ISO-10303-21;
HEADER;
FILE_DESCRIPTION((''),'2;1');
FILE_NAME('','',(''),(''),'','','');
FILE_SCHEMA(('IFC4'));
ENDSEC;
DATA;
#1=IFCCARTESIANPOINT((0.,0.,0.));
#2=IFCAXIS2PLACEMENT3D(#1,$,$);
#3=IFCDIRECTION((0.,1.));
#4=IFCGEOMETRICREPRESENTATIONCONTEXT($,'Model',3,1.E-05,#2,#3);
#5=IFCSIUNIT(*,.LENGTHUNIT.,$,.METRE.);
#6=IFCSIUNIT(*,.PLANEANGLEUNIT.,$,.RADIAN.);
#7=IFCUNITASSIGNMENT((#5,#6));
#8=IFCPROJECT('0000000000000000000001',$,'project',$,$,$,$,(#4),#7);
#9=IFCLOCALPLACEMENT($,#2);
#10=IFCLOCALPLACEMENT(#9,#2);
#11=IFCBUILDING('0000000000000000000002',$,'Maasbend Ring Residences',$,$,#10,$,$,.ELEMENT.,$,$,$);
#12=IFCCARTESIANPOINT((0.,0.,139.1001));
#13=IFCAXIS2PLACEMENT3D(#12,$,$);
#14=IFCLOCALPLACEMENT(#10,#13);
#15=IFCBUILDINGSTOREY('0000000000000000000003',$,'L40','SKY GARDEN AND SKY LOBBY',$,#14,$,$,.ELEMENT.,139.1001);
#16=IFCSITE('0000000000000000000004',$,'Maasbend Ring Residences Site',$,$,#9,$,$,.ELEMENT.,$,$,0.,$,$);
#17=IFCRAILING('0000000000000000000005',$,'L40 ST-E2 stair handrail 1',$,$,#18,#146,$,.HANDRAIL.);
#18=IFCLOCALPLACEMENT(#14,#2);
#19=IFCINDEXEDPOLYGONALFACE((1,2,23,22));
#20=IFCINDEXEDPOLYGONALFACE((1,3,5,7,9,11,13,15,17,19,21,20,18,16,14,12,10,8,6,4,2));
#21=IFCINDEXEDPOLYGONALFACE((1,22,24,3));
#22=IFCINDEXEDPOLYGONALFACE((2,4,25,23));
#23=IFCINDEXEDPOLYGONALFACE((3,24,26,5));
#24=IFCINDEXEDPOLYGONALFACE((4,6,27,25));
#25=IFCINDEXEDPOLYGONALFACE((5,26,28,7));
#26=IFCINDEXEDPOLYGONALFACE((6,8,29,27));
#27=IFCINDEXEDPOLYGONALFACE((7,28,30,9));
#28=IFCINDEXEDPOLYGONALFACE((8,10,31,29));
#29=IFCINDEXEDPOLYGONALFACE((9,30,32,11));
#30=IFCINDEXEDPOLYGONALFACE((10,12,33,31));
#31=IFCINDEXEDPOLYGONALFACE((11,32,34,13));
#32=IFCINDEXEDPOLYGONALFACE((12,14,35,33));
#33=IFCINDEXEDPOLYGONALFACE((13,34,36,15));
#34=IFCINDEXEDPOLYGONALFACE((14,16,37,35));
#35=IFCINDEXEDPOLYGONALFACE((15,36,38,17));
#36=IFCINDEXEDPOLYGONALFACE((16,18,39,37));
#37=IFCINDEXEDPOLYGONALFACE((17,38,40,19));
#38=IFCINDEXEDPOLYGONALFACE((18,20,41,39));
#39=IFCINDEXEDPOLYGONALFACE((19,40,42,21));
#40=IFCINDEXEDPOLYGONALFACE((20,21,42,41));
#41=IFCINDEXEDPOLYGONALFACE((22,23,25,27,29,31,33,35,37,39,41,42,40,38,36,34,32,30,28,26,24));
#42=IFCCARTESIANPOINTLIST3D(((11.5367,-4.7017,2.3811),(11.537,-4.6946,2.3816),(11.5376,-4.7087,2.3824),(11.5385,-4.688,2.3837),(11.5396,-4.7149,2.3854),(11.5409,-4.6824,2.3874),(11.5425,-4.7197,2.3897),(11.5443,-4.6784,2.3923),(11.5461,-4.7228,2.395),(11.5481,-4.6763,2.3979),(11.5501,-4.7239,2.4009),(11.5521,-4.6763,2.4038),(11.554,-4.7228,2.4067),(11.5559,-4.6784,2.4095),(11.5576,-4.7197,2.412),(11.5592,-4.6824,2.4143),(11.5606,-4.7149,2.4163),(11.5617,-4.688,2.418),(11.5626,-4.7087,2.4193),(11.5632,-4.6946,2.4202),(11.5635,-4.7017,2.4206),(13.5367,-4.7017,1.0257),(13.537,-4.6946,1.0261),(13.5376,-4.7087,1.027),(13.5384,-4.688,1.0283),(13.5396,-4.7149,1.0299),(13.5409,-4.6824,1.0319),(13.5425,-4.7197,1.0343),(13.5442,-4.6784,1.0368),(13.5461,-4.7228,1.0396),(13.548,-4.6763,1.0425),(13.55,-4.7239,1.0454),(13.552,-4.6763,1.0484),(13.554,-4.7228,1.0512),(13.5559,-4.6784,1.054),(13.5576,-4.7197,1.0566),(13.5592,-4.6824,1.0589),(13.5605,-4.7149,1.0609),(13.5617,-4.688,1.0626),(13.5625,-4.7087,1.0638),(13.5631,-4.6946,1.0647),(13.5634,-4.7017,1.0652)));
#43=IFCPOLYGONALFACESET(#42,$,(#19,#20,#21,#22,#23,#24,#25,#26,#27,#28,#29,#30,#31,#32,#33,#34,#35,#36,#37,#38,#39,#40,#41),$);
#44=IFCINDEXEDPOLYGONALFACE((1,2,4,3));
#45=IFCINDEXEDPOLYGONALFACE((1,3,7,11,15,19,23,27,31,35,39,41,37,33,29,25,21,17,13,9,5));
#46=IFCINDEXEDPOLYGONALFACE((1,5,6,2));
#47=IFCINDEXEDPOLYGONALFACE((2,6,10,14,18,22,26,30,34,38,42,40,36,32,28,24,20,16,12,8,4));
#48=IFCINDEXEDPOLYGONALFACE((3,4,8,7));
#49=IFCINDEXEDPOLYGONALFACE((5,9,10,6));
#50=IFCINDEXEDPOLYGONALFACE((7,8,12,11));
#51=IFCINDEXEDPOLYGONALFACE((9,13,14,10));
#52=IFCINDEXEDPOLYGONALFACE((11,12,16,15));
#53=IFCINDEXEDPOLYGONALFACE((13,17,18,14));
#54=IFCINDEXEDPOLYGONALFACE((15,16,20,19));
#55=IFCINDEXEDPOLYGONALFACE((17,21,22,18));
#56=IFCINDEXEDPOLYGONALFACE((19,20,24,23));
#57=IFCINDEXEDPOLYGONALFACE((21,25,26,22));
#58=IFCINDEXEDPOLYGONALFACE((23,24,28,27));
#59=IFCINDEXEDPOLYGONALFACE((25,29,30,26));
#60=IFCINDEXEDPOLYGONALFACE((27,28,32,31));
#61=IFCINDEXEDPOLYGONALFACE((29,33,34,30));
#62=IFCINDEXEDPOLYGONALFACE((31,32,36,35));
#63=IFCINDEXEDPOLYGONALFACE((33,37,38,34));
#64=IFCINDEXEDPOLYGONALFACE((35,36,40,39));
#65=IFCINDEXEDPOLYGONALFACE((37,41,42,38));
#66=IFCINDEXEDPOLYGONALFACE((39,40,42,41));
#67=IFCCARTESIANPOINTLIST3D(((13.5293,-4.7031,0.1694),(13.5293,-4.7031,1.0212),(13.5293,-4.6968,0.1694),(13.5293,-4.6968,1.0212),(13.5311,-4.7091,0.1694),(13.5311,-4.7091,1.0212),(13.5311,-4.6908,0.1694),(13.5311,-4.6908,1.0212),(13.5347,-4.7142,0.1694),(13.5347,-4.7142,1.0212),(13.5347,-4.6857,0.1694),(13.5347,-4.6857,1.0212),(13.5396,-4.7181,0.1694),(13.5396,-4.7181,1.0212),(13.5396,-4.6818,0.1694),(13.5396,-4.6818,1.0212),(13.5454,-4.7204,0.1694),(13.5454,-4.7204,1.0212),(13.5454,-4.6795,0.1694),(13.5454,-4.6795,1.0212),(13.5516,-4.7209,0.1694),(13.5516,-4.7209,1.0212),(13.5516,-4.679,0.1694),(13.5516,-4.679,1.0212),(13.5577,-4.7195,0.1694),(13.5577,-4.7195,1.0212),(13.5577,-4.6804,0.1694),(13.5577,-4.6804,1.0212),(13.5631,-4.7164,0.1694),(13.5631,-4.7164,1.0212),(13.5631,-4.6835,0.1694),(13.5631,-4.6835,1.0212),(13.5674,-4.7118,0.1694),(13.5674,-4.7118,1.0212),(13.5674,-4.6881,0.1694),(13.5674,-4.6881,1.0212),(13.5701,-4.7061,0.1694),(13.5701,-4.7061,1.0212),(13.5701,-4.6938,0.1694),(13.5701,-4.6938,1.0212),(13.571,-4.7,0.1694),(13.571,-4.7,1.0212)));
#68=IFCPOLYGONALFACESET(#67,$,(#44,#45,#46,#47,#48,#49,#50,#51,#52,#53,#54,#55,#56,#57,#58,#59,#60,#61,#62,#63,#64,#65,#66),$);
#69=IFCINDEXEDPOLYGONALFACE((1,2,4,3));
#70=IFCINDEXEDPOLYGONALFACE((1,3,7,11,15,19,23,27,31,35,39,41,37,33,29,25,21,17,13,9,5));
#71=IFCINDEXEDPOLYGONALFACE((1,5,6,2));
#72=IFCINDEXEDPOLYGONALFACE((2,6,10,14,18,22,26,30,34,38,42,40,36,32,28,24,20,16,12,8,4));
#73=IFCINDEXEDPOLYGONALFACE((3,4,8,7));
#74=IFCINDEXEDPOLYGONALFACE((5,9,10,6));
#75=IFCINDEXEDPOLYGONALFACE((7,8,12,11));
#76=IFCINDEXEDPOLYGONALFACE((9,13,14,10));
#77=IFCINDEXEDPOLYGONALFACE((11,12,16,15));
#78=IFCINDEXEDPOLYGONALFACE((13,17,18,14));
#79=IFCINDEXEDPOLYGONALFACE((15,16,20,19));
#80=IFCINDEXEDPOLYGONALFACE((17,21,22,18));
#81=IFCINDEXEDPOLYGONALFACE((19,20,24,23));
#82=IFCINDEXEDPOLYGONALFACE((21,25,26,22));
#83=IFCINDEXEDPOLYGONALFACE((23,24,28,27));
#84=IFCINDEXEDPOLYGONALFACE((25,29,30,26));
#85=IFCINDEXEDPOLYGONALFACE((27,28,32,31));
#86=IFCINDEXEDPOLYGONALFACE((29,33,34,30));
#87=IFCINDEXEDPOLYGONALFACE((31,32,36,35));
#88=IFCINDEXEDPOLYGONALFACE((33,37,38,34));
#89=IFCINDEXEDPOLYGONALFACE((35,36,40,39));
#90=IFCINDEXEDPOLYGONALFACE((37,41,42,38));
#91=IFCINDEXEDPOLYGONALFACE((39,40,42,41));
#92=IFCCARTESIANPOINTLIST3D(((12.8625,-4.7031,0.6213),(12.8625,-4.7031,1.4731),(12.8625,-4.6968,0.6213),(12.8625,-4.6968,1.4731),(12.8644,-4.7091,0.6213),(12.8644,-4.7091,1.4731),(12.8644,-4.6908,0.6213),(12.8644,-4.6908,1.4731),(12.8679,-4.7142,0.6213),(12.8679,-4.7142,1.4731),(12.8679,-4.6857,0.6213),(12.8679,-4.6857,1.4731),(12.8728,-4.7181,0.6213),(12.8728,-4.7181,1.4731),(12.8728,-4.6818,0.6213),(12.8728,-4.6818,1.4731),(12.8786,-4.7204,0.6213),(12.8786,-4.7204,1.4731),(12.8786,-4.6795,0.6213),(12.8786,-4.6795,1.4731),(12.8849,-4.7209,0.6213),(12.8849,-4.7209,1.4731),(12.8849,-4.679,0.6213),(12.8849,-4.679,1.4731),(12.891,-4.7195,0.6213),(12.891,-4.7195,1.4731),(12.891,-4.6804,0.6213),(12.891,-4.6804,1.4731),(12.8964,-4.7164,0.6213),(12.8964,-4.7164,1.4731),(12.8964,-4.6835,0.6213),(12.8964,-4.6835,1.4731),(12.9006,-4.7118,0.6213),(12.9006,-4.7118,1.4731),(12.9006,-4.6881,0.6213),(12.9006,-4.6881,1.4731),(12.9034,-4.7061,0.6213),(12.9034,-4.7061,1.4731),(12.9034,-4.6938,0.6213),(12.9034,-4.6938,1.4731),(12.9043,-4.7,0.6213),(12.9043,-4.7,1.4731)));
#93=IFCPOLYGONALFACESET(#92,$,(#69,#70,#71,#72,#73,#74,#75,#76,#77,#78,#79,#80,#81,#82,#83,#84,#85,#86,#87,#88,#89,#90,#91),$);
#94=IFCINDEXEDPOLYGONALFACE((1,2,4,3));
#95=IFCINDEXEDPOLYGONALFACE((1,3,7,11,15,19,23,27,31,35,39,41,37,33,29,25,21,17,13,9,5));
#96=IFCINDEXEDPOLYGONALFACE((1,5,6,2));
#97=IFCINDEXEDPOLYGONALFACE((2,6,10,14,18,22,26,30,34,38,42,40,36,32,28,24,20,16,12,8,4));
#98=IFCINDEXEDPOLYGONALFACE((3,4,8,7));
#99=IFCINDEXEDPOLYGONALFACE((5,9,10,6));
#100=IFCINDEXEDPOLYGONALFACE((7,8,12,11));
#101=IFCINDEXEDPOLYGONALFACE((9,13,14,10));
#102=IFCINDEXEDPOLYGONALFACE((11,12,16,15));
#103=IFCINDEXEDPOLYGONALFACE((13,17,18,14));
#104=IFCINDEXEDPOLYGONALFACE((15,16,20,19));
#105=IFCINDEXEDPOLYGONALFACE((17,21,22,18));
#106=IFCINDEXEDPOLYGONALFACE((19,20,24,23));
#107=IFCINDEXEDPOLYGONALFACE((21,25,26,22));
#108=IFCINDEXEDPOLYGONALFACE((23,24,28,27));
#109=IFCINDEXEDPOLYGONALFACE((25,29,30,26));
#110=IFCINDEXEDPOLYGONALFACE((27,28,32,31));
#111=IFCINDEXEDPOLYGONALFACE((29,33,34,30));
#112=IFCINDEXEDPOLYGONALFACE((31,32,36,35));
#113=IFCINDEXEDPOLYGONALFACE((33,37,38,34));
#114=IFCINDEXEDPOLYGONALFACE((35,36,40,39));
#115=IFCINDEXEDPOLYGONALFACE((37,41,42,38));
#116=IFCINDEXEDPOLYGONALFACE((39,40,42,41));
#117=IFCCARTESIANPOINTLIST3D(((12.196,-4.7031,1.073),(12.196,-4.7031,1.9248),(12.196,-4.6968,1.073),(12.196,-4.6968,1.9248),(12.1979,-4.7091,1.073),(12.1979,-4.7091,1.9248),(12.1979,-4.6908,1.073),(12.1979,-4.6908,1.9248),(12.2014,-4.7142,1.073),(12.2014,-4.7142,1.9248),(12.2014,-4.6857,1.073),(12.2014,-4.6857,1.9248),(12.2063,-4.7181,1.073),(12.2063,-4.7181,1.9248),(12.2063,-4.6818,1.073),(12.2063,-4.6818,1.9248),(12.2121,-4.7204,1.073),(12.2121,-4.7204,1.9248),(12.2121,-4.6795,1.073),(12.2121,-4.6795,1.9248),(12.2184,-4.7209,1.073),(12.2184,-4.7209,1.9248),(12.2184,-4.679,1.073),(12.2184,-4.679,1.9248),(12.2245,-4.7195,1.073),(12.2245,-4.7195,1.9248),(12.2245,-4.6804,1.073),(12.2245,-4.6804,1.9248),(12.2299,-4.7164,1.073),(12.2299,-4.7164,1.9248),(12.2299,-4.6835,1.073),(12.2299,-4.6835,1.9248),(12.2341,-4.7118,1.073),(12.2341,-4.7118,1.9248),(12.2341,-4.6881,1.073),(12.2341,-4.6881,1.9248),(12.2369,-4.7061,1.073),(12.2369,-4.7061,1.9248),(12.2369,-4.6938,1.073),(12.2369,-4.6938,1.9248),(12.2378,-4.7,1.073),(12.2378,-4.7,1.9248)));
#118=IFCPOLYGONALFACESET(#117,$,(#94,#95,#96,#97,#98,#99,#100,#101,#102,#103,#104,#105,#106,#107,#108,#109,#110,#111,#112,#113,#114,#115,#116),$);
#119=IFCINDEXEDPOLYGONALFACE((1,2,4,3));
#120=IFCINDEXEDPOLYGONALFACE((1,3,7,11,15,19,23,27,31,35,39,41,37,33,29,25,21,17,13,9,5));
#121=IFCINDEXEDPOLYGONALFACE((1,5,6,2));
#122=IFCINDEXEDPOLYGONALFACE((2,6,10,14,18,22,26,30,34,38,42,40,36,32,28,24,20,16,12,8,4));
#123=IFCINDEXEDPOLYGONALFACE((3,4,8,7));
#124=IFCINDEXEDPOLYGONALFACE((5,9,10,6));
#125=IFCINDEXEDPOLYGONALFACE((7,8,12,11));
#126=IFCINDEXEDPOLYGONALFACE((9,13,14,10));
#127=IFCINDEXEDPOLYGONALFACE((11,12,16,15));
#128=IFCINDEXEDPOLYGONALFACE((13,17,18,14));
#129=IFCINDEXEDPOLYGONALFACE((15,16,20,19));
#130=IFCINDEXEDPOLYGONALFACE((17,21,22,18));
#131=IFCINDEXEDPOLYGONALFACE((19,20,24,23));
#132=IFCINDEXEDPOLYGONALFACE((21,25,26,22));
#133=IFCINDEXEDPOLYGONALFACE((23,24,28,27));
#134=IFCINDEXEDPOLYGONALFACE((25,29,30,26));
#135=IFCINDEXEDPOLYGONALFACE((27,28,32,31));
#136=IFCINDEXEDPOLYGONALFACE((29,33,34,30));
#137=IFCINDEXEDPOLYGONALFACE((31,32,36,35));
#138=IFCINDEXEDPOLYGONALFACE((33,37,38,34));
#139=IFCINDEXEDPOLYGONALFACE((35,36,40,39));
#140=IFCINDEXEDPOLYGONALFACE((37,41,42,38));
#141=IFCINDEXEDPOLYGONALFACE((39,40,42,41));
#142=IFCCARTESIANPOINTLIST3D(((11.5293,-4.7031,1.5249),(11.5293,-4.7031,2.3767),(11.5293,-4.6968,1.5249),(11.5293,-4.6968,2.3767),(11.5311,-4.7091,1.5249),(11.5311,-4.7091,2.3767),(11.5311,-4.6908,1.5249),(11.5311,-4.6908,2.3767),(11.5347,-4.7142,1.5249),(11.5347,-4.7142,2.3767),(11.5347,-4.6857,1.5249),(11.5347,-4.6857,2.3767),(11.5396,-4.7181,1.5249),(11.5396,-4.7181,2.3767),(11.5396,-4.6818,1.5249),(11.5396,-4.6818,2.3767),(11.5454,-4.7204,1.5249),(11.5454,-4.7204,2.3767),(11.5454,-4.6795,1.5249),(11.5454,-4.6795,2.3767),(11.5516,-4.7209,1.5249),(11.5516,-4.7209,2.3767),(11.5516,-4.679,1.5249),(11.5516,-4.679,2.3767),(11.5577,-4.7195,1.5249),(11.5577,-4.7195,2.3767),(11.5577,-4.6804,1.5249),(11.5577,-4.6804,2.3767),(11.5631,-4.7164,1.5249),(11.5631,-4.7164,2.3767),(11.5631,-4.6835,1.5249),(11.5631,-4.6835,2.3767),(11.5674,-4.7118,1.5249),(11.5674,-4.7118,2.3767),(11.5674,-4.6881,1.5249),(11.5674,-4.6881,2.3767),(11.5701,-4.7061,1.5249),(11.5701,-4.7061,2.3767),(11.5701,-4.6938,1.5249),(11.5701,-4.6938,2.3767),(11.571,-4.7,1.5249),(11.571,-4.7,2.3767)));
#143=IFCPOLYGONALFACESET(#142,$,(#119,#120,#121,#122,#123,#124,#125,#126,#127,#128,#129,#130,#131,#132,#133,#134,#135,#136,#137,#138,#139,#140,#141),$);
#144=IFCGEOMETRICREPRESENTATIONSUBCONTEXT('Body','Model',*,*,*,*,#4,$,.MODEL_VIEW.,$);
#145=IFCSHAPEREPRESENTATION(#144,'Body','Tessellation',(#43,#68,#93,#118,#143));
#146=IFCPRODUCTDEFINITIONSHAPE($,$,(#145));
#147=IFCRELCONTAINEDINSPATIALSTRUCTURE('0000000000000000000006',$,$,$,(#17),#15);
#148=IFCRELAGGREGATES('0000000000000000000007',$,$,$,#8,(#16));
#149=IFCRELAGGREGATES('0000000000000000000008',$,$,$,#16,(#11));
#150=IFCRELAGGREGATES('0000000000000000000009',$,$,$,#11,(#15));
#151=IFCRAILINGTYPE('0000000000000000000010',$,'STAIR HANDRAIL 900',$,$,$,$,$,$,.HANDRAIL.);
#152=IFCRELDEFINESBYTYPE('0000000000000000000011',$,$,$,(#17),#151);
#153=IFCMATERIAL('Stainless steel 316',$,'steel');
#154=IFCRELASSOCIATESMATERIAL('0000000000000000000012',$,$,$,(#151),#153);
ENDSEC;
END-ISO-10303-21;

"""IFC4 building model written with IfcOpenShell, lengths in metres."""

from ifc_helpers import new_model, si_unit, direction, frame, origin, origin_2d, place, context, subcontext, project, spatial, circle, extrude, material, type_object, element, save


model = new_model("IFC4")

# Units and contexts
model_context = context("Model", 3, precision=1e-05, world=origin(), true_north=direction((0.0, 1.0)))
body_context = subcontext(model_context, "Body", "Model", "MODEL_VIEW")
ifc_project = project(units=[si_unit("LENGTHUNIT", "METRE"), si_unit("PLANEANGLEUNIT", "RADIAN")], contexts=[model_context])

# Site, building, storey
site_placement = place(None, origin())
site = spatial("IfcSite", under=ifc_project, at=site_placement, Name="Maasbend Ring Residences Site", CompositionType="ELEMENT", RefElevation=0.0)
building_placement = place(site_placement, origin())
building = spatial("IfcBuilding", under=site, at=building_placement, Name="Maasbend Ring Residences", CompositionType="ELEMENT")
storey_placement = place(building_placement, frame((0.0, 0.0, 139.1001)))
storey = spatial("IfcBuildingStorey", under=building, at=storey_placement, Name="L40", Description="SKY GARDEN AND SKY LOBBY", CompositionType="ELEMENT", Elevation=139.1001)

# Railing
ifc_material_1 = material(Name="Stainless steel 316", Category="steel")
railing_type_1 = type_object("IfcRailingType", Name="STAIR HANDRAIL 900", PredefinedType="HANDRAIL", material=ifc_material_1)
railing_1_placement = place(storey_placement, frame((13.55, -4.7, 0.1694)))
element("IfcRailing", 1, at=railing_1_placement, inside=storey, type_object=railing_type_1, Name="L40 ST-E2 stair handrail 1", PredefinedType="HANDRAIL", context=body_context, shape_type="SweptSolid", body=[
    extrude(circle(Radius=0.0239, at=origin_2d()), frame((0.0, 0.0, 0.876), z_axis=(-0.827798, 0.0, 0.561027), x_axis=(0.0, -1.0, 0.0)), (0.0, 0.0, 1.0), 2.416),
    extrude(circle(Radius=0.021, at=origin_2d()), origin(), (0.0, 0.0, 1.0), 0.8518),
    extrude(circle(Radius=0.021, at=origin_2d()), frame((-0.6667, 0.0, 0.4519)), (0.0, 0.0, 1.0), 0.8518),
    extrude(circle(Radius=0.021, at=origin_2d()), frame((-1.3333, 0.0, 0.9036)), (0.0, 0.0, 1.0), 0.8518),
    extrude(circle(Radius=0.021, at=origin_2d()), frame((-2.0, 0.0, 1.3555)), (0.0, 0.0, 1.0), 0.8518),
])

save(model, "model.ifc")
